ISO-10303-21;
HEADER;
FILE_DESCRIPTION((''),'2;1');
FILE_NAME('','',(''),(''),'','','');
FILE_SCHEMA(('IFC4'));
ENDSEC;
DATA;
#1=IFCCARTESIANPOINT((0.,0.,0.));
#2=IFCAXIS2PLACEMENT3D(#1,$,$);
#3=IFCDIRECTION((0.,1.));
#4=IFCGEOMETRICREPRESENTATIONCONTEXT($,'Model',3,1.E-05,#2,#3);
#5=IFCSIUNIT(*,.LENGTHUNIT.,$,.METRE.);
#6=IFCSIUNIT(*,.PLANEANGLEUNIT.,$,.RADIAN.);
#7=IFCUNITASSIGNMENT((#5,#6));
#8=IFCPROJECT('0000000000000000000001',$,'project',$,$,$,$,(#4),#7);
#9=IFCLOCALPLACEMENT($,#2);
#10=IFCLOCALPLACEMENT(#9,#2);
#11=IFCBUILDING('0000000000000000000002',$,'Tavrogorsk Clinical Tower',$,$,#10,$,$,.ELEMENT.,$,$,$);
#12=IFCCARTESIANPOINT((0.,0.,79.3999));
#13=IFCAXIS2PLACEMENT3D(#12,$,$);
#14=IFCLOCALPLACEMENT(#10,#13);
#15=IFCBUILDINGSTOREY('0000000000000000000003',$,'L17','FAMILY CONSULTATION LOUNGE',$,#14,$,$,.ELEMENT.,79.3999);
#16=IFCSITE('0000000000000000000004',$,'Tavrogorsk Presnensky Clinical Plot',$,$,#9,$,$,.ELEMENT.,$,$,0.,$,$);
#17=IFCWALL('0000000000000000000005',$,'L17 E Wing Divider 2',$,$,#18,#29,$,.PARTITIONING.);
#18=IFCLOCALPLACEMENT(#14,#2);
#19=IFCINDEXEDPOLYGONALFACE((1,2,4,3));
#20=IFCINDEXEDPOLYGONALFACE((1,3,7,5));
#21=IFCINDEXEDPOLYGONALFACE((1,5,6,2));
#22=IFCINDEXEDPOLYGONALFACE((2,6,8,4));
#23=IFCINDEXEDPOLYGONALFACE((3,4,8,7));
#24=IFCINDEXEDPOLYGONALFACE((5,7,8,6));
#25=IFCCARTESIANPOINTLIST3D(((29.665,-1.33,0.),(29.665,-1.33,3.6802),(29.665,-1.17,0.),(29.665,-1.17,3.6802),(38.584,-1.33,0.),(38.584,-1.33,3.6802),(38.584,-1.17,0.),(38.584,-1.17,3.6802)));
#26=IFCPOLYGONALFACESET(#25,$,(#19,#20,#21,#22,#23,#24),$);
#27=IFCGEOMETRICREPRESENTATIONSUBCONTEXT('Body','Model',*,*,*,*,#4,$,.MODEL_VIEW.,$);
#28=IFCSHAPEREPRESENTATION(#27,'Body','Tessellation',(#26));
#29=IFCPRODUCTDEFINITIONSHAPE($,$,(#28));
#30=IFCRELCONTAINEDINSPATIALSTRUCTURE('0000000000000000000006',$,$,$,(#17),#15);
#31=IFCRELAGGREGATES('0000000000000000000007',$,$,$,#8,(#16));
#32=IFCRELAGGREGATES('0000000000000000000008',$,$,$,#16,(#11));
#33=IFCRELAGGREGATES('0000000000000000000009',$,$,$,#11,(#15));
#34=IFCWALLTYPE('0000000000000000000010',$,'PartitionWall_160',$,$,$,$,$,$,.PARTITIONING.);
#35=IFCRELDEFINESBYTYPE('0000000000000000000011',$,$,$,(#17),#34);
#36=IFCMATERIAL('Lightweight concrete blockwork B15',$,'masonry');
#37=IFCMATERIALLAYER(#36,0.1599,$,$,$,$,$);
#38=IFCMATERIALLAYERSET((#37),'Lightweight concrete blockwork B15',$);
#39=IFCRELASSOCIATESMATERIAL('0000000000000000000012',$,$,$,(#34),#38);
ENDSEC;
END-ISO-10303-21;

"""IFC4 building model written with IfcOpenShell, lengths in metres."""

from ifc_helpers import new_model, si_unit, direction, frame, frame_2d, origin, place, context, subcontext, project, spatial, rectangle, extrude, material, layer, layer_set, type_object, element, save


model = new_model("IFC4")

# Units and contexts
model_context = context("Model", 3, precision=1e-05, world=origin(), true_north=direction((0.0, 1.0)))
body_context = subcontext(model_context, "Body", "Model", "MODEL_VIEW")
ifc_project = project(units=[si_unit("LENGTHUNIT", "METRE"), si_unit("PLANEANGLEUNIT", "RADIAN")], contexts=[model_context])

# Site, building, storey
site_placement = place(None, origin())
site = spatial("IfcSite", under=ifc_project, at=site_placement, Name="Tavrogorsk Presnensky Clinical Plot", CompositionType="ELEMENT", RefElevation=0.0)
building_placement = place(site_placement, origin())
building = spatial("IfcBuilding", under=site, at=building_placement, Name="Tavrogorsk Clinical Tower", CompositionType="ELEMENT")
storey_placement = place(building_placement, frame((0.0, 0.0, 79.3999)))
storey = spatial("IfcBuildingStorey", under=building, at=storey_placement, Name="L17", Description="FAMILY CONSULTATION LOUNGE", CompositionType="ELEMENT", Elevation=79.3999)

# Shared definitions
ifc_material_1 = material(Name="Lightweight concrete blockwork B15", Category="masonry")
ifc_layer = layer(ifc_material_1, 0.1599)
ifc_layer_set = layer_set([ifc_layer], Name="Lightweight concrete blockwork B15")
wall_type = type_object("IfcWallType", Name="PartitionWall_160", PredefinedType="PARTITIONING", material=ifc_layer_set)

# Wall
wall_1_placement = place(storey_placement, frame((29.665, -1.25, 0.0), z_axis=(0.0, 0.0, 1.0), x_axis=(1.0, 0.0, 0.0)))
element("IfcWall", 1, at=wall_1_placement, inside=storey, type_object=wall_type, Name="L17 E Wing Divider 2", PredefinedType="PARTITIONING", context=body_context, shape_type="SweptSolid", body=[
    extrude(rectangle(XDim=8.9189, YDim=0.1599, at=frame_2d((4.4595, 0.0))), origin(), (0.0, 0.0, 1.0), 3.6802),
])

save(model, "model.ifc")
